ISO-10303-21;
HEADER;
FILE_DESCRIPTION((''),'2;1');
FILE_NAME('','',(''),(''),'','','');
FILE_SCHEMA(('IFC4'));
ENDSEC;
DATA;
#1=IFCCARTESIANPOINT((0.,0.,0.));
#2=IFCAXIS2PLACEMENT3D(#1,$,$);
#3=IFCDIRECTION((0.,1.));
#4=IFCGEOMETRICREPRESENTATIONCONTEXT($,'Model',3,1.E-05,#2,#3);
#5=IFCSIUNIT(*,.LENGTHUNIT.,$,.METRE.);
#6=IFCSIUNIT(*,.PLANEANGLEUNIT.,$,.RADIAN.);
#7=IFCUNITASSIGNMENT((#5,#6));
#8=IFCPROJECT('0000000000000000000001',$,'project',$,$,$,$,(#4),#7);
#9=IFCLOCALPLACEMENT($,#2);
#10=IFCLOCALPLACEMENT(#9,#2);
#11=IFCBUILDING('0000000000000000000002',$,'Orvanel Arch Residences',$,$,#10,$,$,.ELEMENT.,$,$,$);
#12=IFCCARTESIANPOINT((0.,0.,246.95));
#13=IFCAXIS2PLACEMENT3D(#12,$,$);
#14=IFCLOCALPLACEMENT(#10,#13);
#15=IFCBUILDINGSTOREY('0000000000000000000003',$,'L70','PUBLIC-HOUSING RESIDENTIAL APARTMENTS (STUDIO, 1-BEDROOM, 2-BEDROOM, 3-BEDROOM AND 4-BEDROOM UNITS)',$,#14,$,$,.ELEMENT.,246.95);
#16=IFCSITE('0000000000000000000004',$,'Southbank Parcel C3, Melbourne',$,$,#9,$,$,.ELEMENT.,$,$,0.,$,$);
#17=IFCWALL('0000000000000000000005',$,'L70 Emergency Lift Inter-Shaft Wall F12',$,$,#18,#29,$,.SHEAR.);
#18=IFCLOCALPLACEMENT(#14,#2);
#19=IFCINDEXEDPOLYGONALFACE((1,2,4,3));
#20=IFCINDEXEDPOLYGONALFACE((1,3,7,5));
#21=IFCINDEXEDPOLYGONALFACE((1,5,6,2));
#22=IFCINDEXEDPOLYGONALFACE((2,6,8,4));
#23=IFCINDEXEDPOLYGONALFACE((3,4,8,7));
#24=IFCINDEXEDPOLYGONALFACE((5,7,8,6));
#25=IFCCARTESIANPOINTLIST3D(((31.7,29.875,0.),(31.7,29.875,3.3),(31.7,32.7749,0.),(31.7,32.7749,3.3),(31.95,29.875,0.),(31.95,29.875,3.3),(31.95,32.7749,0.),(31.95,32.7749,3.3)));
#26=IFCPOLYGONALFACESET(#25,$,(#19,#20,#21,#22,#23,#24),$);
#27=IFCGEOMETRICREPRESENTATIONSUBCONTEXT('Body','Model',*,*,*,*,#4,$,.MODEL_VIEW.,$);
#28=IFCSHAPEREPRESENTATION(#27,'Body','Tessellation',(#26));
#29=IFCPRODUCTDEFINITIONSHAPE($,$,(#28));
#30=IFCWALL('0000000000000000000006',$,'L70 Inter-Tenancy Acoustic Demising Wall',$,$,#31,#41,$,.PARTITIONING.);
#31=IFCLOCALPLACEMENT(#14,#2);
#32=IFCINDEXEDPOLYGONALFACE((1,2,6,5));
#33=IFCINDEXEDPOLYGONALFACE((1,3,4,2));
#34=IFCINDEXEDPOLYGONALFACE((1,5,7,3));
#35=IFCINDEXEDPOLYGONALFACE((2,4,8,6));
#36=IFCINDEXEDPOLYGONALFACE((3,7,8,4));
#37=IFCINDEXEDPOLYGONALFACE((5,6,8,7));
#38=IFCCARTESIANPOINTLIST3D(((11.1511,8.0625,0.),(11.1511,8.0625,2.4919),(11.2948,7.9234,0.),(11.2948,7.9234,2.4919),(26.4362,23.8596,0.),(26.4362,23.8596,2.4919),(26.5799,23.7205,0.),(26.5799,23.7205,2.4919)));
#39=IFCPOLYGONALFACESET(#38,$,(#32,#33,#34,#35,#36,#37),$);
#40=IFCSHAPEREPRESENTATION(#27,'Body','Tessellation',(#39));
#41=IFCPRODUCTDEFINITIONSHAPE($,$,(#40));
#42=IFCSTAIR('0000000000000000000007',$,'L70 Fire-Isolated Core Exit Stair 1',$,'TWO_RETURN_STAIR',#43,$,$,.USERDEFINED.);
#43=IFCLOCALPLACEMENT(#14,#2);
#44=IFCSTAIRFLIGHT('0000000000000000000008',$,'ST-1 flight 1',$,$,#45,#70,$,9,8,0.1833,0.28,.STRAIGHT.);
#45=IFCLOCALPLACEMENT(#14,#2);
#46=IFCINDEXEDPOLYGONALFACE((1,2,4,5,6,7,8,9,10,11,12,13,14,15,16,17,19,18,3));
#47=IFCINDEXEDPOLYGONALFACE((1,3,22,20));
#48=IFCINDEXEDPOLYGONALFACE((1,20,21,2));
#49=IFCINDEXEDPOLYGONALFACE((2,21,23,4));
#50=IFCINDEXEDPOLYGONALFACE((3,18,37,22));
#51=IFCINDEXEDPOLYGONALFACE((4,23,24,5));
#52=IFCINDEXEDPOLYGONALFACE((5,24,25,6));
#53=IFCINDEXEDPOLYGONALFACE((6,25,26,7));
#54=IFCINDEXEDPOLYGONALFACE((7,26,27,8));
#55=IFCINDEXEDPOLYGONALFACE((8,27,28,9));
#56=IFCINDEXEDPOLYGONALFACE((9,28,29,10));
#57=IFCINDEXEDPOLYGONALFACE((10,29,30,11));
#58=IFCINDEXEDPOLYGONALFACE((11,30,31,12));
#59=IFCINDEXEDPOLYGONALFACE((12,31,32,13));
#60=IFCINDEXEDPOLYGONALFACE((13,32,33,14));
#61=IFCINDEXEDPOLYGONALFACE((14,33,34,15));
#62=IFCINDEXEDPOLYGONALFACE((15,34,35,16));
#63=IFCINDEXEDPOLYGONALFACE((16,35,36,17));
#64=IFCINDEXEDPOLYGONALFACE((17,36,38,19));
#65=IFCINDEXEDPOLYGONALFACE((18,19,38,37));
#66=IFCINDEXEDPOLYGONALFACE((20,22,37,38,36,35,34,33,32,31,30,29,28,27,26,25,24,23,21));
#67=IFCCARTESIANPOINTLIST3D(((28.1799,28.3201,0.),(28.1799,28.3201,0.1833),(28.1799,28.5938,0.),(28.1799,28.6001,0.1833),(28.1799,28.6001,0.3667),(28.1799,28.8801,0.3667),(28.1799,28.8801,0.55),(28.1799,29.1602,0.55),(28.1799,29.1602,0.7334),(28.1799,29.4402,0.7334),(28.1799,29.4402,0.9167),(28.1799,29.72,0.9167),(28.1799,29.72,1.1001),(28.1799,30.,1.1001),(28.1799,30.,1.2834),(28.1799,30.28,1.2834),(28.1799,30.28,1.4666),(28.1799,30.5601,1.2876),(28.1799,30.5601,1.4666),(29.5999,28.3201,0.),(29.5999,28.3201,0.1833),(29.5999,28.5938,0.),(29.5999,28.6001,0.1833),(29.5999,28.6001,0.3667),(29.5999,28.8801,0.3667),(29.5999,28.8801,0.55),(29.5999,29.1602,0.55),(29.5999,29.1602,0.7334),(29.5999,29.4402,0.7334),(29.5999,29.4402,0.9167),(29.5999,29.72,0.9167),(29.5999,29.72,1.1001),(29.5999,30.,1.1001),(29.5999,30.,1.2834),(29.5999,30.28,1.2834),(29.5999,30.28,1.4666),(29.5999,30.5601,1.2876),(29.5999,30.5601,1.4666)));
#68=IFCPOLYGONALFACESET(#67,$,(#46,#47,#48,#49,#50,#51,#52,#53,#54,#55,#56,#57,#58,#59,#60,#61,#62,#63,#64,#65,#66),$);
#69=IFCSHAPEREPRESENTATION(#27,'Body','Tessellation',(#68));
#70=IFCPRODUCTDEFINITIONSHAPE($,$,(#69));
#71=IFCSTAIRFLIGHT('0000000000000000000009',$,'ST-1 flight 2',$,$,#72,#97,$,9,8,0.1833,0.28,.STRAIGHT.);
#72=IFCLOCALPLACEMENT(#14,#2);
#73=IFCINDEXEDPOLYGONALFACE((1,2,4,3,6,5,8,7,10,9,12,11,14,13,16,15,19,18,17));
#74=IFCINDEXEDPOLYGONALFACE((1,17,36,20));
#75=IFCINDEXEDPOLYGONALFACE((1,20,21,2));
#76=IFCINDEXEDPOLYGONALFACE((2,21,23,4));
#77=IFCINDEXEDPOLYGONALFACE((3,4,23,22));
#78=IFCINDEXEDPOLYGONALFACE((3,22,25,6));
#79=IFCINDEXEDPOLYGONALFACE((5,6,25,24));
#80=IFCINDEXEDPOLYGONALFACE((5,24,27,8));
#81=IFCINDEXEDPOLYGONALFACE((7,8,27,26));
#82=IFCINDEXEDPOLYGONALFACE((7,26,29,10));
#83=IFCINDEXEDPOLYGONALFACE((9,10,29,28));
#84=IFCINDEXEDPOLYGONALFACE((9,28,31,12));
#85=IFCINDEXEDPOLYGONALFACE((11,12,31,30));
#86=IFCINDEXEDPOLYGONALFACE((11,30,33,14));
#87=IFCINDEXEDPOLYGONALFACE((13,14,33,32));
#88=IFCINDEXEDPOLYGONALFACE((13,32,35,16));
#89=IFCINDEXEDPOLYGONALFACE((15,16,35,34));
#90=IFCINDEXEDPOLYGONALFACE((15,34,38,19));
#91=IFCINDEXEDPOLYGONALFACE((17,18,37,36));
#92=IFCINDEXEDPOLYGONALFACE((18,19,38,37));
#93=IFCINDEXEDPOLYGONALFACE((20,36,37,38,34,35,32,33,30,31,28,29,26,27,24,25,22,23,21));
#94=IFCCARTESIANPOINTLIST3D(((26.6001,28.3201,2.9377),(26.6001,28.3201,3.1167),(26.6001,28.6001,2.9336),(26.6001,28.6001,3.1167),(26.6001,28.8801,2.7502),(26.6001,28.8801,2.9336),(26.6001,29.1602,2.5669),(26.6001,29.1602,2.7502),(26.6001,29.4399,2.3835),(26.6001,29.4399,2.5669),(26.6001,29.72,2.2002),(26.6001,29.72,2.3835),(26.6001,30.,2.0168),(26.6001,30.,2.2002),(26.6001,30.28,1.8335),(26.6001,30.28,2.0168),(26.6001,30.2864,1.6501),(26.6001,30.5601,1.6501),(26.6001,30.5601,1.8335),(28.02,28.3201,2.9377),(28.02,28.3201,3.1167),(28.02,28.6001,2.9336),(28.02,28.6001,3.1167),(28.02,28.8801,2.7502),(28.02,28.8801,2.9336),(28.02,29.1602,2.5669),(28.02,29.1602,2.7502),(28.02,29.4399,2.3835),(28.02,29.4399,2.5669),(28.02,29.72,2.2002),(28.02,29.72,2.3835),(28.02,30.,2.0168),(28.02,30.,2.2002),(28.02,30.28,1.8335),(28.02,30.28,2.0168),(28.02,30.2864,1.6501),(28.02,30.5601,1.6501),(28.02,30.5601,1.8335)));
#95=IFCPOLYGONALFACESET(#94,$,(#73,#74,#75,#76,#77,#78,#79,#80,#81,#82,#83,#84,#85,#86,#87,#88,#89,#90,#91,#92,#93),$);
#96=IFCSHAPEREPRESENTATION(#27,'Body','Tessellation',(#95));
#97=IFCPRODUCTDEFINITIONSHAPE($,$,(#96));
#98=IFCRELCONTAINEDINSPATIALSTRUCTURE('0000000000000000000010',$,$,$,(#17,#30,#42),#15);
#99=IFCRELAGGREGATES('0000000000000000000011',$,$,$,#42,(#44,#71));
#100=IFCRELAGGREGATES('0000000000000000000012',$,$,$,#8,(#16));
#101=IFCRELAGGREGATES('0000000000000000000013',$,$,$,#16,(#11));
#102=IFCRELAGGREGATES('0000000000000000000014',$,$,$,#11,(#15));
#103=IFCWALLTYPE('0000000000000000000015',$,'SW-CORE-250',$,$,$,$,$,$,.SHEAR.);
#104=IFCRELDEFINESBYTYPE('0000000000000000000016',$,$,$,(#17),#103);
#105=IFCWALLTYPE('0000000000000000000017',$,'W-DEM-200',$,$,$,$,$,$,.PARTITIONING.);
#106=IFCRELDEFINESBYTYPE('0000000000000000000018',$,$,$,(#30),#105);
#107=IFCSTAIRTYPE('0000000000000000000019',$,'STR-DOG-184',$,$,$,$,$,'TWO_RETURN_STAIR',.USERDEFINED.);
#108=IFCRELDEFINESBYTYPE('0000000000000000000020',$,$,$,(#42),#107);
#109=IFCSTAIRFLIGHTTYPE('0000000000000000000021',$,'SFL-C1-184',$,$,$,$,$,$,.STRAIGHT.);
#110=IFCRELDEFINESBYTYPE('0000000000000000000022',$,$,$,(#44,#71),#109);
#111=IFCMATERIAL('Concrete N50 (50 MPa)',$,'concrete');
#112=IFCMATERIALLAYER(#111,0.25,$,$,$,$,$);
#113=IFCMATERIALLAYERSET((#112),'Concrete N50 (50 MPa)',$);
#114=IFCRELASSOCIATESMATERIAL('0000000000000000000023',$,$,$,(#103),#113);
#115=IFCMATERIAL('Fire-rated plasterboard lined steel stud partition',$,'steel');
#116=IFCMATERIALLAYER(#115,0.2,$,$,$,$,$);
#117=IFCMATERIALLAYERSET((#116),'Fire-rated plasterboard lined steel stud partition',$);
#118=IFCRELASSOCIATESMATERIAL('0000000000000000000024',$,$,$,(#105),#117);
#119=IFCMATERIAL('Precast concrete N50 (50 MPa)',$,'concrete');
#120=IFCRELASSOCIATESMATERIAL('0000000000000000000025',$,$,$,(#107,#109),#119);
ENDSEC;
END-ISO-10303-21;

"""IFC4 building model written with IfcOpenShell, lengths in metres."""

from ifc_helpers import new_model, si_unit, direction, frame, frame_2d, origin, place, context, subcontext, project, spatial, polyline, rectangle, outline, extrude, material, layer, layer_set, type_object, element, aggregate, save


model = new_model("IFC4")

# Units and contexts
model_context = context("Model", 3, precision=1e-05, world=origin(), true_north=direction((0.0, 1.0)))
body_context = subcontext(model_context, "Body", "Model", "MODEL_VIEW")
ifc_project = project(units=[si_unit("LENGTHUNIT", "METRE"), si_unit("PLANEANGLEUNIT", "RADIAN")], contexts=[model_context])

# Site, building, storey
site_placement = place(None, origin())
site = spatial("IfcSite", under=ifc_project, at=site_placement, Name="Southbank Parcel C3, Melbourne", CompositionType="ELEMENT", RefElevation=0.0)
building_placement = place(site_placement, origin())
building = spatial("IfcBuilding", under=site, at=building_placement, Name="Orvanel Arch Residences", CompositionType="ELEMENT")
storey_placement = place(building_placement, frame((0.0, 0.0, 246.95)))
storey = spatial("IfcBuildingStorey", under=building, at=storey_placement, Name="L70", Description="PUBLIC-HOUSING RESIDENTIAL APARTMENTS (STUDIO, 1-BEDROOM, 2-BEDROOM, 3-BEDROOM AND 4-BEDROOM UNITS)", CompositionType="ELEMENT", Elevation=246.95)

# Shared definitions
ifc_material_1 = material(Name="Concrete N50 (50 MPa)", Category="concrete")
ifc_layer_1 = layer(ifc_material_1, 0.25)
ifc_layer_set_1 = layer_set([ifc_layer_1], Name="Concrete N50 (50 MPa)")
wall_type_1 = type_object("IfcWallType", Name="SW-CORE-250", PredefinedType="SHEAR", material=ifc_layer_set_1)

# Walls
wall_1_placement = place(storey_placement, frame((31.825, 29.875, 0.0), z_axis=(0.0, 0.0, 1.0), x_axis=(0.0, 1.0, 0.0)))
element("IfcWall", 1, at=wall_1_placement, inside=storey, type_object=wall_type_1, Name="L70 Emergency Lift Inter-Shaft Wall F12", PredefinedType="SHEAR", context=body_context, shape_type="SweptSolid", body=[
    extrude(rectangle(XDim=2.8999, YDim=0.25, at=frame_2d((1.45, 0.0))), origin(), (0.0, 0.0, 1.0), 3.3),
])
ifc_material_2 = material(Name="Fire-rated plasterboard lined steel stud partition", Category="steel")
ifc_layer_2 = layer(ifc_material_2, 0.2)
ifc_layer_set_2 = layer_set([ifc_layer_2], Name="Fire-rated plasterboard lined steel stud partition")
wall_type_2 = type_object("IfcWallType", Name="W-DEM-200", PredefinedType="PARTITIONING", material=ifc_layer_set_2)
wall_2_placement = place(storey_placement, frame((26.5081, 23.79, 0.0), z_axis=(0.0, 0.0, 1.0), x_axis=(-0.695366, -0.718656, 0.0)))
element("IfcWall", 2, at=wall_2_placement, inside=storey, type_object=wall_type_2, Name="L70 Inter-Tenancy Acoustic Demising Wall", PredefinedType="PARTITIONING", context=body_context, shape_type="SweptSolid", body=[
    extrude(rectangle(XDim=21.9814, YDim=0.2, at=frame_2d((10.9907, 0.0))), origin(), (0.0, 0.0, 1.0), 2.4919),
])

# Stair, stair flights
ifc_material_3 = material(Name="Precast concrete N50 (50 MPa)", Category="concrete")
stair_type = type_object("IfcStairType", Name="STR-DOG-184", ElementType="TWO_RETURN_STAIR", PredefinedType="USERDEFINED", material=ifc_material_3)
stair_placement = place(storey_placement, origin())
stair = element("IfcStair", 3, at=stair_placement, inside=storey, type_object=stair_type, Name="L70 Fire-Isolated Core Exit Stair 1", ObjectType="TWO_RETURN_STAIR", PredefinedType="USERDEFINED")
stair_flight_type = type_object("IfcStairFlightType", Name="SFL-C1-184", PredefinedType="STRAIGHT", material=ifc_material_3)
stair_flight_1_placement = place(storey_placement, frame((28.8899, 28.3201, 0.0), z_axis=(0.0, 0.0, 1.0), x_axis=(0.0, 1.0, 0.0)))
stair_flight_1 = element("IfcStairFlight", 4, at=stair_flight_1_placement, type_object=stair_flight_type, Name="ST-1 flight 1", NumberOfRisers=9, NumberOfTreads=8, PredefinedType="STRAIGHT", RiserHeight=0.1833, TreadLength=0.28, context=body_context, shape_type="SweptSolid", body=[
    extrude(outline(polyline([(0.0, 0.0), (0.0, 0.1833), (0.28, 0.1833), (0.28, 0.3667), (0.5601, 0.3667), (0.5601, 0.55), (0.8401, 0.55), (0.8401, 0.7334), (1.1201, 0.7334), (1.1201, 0.9167), (1.3999, 0.9167), (1.3999, 1.1001), (1.6799, 1.1001), (1.6799, 1.2834), (1.96, 1.2834), (1.96, 1.4666), (2.24, 1.4666), (2.24, 1.6499), (2.24, 1.2876), (0.2737, 0.0), (0.0, 0.0)])), frame((0.0, 0.71, 0.0), z_axis=(0.0, -1.0, 0.0), x_axis=(1.0, 0.0, 0.0)), (0.0, 0.0, 1.0), 1.4199),
])
stair_flight_2_placement = place(storey_placement, frame((27.3101, 30.5601, 1.6501), z_axis=(0.0, 0.0, 1.0), x_axis=(0.0, -1.0, 0.0)))
stair_flight_2 = element("IfcStairFlight", 5, at=stair_flight_2_placement, type_object=stair_flight_type, Name="ST-1 flight 2", NumberOfRisers=9, NumberOfTreads=8, PredefinedType="STRAIGHT", RiserHeight=0.1833, TreadLength=0.28, context=body_context, shape_type="SweptSolid", body=[
    extrude(outline(polyline([(0.0, 0.0), (0.0, 0.1833), (0.28, 0.1833), (0.28, 0.3667), (0.5601, 0.3667), (0.5601, 0.55), (0.8401, 0.55), (0.8401, 0.7334), (1.1201, 0.7334), (1.1201, 0.9167), (1.3999, 0.9167), (1.3999, 1.1001), (1.6799, 1.1001), (1.6799, 1.2834), (1.96, 1.2834), (1.96, 1.4666), (2.24, 1.4666), (2.24, 1.6499), (2.24, 1.2876), (0.2737, 0.0), (0.0, 0.0)])), frame((0.0, 0.71, 0.0), z_axis=(0.0, -1.0, 0.0), x_axis=(1.0, 0.0, 0.0)), (0.0, 0.0, 1.0), 1.4199),
])
aggregate(stair, [stair_flight_1, stair_flight_2])

save(model, "model.ifc")
